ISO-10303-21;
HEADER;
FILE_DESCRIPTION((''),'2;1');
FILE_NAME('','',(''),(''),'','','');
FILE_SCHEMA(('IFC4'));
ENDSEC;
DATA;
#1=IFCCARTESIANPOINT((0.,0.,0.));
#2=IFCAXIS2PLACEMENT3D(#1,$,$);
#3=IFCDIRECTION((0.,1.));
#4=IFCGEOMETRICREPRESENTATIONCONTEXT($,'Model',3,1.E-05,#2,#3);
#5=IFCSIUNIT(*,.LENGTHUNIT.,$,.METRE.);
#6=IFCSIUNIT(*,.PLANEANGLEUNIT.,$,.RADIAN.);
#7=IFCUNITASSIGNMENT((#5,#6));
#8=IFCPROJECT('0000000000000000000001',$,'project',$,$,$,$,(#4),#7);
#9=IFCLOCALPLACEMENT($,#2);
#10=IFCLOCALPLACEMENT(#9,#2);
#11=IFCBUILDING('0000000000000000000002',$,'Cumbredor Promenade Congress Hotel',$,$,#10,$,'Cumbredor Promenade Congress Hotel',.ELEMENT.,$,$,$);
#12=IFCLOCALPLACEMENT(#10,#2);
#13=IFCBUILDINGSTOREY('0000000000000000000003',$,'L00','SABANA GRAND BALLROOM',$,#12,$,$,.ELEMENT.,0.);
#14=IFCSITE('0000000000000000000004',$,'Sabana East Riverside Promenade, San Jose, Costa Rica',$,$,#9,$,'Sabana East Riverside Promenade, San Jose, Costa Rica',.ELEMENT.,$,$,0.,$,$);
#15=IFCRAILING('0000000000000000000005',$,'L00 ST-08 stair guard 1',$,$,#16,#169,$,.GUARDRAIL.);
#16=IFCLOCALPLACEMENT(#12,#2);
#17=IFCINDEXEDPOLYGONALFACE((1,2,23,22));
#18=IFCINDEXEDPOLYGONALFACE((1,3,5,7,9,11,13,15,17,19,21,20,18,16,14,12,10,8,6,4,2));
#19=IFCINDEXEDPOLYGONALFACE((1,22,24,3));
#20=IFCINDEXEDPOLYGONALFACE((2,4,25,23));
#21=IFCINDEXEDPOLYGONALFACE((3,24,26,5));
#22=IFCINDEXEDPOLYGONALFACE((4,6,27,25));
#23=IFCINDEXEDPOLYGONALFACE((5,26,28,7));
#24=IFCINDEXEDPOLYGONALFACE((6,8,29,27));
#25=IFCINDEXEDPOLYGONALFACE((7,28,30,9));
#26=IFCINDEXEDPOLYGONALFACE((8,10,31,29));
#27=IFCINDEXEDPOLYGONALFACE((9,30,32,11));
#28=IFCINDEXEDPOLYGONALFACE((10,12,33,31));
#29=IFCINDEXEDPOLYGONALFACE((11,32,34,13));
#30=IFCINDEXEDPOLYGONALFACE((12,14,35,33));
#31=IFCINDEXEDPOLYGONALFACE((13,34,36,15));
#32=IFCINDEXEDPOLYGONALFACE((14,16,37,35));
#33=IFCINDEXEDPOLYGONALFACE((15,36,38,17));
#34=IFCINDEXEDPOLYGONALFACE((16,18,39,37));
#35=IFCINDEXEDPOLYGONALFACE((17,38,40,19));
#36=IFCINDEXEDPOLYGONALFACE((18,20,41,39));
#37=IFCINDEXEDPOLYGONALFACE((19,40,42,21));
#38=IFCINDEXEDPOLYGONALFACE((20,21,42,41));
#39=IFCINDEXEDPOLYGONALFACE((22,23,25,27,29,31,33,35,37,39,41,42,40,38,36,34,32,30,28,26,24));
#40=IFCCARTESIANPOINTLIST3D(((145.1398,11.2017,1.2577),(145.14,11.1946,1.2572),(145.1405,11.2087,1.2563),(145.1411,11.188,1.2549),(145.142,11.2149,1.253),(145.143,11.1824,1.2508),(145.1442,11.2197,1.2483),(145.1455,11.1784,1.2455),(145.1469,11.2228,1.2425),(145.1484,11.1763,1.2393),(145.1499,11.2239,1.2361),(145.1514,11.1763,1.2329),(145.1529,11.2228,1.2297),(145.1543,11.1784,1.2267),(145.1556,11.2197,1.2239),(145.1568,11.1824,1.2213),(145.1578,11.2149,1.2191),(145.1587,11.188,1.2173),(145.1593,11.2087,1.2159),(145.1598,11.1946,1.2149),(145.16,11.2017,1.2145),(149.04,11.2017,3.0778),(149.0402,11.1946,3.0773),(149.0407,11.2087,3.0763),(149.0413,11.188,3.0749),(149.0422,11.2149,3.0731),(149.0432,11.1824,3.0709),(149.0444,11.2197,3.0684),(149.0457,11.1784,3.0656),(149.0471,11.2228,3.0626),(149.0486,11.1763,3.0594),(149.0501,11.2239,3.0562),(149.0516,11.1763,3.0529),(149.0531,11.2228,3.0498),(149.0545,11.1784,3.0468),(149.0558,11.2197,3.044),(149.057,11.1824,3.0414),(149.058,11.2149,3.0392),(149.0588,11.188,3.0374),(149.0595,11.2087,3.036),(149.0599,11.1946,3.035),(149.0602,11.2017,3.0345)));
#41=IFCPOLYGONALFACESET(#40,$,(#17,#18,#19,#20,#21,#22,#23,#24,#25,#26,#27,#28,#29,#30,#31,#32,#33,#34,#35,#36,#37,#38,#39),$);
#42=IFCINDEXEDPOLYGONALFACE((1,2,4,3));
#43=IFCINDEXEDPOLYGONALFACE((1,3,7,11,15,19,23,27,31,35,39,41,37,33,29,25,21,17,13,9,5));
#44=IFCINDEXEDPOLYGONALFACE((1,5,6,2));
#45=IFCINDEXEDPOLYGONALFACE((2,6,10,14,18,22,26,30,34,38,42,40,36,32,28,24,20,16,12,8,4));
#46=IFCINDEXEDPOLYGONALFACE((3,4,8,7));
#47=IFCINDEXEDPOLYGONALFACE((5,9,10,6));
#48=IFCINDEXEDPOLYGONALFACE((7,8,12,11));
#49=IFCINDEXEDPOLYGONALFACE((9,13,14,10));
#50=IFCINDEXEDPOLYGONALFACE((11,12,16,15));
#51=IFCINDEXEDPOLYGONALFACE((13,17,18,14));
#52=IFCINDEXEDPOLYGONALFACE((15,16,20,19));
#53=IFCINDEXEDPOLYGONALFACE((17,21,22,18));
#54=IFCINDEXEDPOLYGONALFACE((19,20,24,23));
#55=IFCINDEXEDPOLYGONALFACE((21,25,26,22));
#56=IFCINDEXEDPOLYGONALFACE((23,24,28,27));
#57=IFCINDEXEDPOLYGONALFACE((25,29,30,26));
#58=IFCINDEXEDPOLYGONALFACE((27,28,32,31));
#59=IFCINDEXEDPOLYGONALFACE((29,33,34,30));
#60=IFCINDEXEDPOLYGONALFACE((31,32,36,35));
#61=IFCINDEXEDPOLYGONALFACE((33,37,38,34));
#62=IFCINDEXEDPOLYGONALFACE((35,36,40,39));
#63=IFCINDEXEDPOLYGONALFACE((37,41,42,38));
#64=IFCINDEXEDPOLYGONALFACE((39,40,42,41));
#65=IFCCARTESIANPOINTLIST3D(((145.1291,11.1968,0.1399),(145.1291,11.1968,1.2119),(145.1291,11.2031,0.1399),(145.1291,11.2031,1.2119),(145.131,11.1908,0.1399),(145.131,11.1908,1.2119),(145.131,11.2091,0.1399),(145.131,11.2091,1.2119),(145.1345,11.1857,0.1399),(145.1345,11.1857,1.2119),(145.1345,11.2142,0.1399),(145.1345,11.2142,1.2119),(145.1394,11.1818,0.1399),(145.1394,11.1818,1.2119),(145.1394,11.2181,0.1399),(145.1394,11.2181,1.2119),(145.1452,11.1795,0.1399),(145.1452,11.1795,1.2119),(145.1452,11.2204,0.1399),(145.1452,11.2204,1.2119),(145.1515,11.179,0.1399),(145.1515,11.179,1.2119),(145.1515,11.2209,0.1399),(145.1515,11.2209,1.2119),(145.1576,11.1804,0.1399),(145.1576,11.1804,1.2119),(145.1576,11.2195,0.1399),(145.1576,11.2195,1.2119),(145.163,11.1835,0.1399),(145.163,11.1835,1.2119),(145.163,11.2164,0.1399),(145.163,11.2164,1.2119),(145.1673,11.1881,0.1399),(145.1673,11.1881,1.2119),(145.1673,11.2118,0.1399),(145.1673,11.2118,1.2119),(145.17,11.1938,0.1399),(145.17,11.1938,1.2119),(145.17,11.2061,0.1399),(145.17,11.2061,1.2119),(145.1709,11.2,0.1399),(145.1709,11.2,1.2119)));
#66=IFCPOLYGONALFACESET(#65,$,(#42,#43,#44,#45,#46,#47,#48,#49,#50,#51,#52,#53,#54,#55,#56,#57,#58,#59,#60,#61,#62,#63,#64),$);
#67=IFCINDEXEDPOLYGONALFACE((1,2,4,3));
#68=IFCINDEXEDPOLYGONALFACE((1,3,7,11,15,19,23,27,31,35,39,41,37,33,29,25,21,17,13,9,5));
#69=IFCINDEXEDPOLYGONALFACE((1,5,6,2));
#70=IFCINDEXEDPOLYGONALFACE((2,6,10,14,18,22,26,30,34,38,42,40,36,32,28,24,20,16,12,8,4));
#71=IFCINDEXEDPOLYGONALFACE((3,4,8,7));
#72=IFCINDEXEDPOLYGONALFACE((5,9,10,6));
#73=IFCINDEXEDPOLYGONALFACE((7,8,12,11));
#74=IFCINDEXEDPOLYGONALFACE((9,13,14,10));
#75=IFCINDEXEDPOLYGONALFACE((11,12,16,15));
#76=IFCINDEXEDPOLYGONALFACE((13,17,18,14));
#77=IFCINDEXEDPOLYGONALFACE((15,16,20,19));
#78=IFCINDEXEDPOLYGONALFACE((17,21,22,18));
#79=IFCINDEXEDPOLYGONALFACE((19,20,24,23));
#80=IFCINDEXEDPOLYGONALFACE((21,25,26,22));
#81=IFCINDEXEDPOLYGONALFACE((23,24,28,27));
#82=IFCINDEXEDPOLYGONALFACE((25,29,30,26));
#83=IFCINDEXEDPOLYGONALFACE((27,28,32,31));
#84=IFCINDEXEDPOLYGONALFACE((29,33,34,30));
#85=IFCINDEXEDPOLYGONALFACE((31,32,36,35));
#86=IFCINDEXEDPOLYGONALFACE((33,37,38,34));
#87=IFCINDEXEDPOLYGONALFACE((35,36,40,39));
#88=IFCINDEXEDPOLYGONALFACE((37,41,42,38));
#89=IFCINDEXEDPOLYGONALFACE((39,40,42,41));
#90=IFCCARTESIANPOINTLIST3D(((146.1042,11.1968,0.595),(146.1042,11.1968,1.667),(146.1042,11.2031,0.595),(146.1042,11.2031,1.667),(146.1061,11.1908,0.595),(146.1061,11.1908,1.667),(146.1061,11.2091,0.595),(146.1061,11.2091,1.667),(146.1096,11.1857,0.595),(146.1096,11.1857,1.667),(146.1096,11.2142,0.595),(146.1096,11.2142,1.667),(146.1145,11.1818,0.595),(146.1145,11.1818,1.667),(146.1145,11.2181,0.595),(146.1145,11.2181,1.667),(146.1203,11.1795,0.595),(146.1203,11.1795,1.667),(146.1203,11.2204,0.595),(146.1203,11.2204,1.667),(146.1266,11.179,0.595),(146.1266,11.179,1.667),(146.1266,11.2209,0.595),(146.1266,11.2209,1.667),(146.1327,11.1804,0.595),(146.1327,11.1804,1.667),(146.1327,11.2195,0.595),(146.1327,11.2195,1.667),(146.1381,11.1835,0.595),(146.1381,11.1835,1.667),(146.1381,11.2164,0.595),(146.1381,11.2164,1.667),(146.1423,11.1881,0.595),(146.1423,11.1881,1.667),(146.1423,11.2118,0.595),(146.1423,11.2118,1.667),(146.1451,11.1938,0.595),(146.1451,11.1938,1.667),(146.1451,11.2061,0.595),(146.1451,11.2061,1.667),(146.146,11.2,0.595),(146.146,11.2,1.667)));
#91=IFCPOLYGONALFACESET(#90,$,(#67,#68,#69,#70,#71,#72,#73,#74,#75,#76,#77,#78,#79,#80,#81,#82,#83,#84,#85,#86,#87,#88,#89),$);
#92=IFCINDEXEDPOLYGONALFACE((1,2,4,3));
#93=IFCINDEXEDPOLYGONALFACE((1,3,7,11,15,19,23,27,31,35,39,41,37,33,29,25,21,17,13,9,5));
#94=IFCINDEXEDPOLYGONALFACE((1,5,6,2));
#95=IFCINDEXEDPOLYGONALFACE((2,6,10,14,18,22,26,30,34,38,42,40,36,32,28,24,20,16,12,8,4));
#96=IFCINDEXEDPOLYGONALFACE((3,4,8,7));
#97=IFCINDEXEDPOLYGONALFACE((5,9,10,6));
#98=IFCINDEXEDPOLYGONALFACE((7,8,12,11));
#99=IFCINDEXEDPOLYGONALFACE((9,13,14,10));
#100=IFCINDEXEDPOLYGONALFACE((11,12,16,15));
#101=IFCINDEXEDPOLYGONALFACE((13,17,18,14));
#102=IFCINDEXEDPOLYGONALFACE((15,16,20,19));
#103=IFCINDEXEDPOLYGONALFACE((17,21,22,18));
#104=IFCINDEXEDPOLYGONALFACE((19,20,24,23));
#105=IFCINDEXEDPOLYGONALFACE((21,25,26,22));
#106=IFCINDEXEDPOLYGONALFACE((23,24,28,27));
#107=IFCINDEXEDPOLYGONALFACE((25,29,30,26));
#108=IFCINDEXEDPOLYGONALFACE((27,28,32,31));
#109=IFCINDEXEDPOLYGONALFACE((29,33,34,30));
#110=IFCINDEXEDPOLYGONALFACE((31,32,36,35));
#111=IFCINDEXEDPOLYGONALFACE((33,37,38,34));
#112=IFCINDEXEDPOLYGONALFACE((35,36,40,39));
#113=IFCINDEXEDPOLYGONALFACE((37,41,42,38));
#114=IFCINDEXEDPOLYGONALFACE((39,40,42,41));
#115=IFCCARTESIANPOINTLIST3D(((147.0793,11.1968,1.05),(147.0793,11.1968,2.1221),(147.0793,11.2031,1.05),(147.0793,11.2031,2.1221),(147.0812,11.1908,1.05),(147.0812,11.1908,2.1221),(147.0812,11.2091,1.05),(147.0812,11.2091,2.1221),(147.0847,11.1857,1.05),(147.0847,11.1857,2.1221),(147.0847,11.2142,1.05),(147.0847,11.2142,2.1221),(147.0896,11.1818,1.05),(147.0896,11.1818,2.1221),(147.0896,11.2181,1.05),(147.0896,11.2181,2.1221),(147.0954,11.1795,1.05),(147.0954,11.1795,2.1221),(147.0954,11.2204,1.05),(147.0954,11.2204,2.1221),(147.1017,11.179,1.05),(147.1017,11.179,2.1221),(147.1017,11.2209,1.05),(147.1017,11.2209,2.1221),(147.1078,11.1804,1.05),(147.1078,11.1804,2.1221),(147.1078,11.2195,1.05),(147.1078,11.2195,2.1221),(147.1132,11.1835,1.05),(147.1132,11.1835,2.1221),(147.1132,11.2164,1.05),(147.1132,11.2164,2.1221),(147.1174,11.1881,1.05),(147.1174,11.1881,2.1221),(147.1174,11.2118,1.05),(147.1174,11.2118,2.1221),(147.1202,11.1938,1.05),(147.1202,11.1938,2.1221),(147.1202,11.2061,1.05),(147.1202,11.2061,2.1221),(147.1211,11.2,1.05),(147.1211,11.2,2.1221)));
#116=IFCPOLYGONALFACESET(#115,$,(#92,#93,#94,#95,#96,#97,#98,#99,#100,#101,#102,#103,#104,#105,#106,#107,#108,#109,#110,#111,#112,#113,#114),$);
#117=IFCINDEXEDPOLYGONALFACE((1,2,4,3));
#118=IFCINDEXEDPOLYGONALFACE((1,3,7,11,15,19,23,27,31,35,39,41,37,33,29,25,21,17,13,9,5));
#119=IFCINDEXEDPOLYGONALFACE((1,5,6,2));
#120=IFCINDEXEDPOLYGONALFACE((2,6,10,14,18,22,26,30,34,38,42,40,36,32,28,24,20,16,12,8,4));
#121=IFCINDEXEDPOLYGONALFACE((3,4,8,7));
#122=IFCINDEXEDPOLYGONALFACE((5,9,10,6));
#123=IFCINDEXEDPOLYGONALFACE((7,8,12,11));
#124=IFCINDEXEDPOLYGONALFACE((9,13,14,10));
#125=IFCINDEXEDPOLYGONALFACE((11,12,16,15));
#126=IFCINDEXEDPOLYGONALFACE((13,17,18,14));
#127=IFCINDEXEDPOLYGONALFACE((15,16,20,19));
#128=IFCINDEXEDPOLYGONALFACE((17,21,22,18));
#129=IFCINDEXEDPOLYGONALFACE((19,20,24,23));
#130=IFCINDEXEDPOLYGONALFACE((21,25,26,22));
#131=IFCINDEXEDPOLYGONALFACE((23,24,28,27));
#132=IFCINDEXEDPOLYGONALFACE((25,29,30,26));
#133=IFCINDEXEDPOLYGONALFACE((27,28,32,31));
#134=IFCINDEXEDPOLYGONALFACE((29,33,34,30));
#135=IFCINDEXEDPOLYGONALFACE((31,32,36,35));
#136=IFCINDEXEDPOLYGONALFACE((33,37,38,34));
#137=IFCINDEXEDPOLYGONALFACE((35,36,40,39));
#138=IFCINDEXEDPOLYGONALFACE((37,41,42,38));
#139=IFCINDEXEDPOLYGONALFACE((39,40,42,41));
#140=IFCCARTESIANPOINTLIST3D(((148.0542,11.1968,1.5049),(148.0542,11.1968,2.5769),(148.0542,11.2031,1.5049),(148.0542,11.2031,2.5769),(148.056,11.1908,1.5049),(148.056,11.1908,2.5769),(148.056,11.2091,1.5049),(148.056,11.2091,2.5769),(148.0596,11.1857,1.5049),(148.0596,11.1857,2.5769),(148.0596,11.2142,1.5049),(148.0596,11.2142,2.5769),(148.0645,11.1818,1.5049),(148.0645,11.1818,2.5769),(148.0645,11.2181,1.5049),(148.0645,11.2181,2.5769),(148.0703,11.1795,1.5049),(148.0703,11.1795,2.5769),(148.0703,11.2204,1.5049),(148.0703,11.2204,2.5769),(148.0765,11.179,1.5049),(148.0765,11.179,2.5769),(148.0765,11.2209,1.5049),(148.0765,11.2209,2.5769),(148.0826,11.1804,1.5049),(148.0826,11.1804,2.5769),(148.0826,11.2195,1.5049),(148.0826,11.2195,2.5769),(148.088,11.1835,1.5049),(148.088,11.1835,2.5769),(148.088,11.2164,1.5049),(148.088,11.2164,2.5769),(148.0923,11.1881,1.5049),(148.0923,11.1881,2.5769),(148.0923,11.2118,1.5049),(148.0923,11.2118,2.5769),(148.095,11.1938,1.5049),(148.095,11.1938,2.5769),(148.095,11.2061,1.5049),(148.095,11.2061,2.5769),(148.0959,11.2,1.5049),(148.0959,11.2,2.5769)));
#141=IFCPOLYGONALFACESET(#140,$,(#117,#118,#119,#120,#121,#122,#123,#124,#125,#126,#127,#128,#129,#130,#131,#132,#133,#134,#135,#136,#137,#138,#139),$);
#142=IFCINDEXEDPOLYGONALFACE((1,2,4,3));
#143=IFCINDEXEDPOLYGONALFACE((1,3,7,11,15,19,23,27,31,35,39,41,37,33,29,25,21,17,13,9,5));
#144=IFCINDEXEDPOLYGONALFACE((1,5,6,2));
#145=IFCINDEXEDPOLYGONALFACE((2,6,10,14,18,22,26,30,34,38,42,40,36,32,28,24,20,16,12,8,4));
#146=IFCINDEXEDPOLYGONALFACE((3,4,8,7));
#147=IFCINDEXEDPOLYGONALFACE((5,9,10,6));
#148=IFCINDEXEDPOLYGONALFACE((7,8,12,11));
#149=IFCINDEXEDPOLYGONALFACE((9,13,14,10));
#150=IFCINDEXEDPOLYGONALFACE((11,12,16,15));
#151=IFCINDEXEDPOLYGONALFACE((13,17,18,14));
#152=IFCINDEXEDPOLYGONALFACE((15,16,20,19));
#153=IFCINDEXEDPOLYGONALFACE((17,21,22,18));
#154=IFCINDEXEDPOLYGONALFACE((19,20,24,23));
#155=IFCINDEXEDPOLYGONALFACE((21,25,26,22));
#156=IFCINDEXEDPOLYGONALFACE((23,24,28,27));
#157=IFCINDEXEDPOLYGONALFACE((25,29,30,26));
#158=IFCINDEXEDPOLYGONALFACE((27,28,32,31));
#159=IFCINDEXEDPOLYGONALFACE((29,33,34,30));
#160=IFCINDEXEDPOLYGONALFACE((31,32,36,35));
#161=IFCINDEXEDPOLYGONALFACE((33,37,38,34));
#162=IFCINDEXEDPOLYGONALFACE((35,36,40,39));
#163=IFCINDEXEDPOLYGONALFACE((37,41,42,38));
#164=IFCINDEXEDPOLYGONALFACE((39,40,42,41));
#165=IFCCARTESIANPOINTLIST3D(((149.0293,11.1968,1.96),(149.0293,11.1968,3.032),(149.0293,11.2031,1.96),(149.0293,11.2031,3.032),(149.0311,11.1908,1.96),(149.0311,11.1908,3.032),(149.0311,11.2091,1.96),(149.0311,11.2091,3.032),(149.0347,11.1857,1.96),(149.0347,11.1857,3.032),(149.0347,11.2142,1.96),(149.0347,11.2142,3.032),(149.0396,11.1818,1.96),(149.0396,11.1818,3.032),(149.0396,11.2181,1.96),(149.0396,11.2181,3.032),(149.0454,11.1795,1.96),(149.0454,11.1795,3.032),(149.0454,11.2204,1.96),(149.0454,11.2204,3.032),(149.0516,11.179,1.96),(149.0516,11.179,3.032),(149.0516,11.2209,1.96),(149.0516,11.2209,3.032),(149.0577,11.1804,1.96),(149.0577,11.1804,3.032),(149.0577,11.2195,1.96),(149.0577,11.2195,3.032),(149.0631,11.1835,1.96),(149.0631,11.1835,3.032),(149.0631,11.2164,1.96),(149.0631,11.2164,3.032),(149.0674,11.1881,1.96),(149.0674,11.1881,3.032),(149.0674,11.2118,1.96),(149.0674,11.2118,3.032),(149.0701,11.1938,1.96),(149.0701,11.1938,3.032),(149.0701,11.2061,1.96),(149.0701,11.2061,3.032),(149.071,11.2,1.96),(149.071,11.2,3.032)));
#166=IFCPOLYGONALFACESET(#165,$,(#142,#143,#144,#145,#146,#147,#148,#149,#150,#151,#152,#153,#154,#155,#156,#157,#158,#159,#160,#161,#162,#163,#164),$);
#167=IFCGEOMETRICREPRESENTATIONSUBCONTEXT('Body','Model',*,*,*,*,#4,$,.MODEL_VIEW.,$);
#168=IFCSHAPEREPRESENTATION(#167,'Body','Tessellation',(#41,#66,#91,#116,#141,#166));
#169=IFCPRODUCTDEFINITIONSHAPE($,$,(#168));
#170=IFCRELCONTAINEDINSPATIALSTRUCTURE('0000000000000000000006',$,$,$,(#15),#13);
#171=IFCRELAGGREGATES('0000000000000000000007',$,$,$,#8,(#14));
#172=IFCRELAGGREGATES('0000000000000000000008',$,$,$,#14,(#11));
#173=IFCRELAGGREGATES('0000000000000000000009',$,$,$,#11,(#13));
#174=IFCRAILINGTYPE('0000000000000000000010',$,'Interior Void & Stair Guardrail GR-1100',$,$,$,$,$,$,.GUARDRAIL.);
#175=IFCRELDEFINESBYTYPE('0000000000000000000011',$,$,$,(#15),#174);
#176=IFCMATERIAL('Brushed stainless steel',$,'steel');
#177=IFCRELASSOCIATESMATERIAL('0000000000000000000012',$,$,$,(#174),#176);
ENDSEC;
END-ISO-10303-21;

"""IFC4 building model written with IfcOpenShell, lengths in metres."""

from ifc_helpers import new_model, si_unit, direction, frame, origin, origin_2d, place, context, subcontext, project, spatial, circle, extrude, material, type_object, element, save


model = new_model("IFC4")

# Units and contexts
model_context = context("Model", 3, precision=1e-05, world=origin(), true_north=direction((0.0, 1.0)))
body_context = subcontext(model_context, "Body", "Model", "MODEL_VIEW")
ifc_project = project(units=[si_unit("LENGTHUNIT", "METRE"), si_unit("PLANEANGLEUNIT", "RADIAN")], contexts=[model_context])

# Site, building, storey
site_placement = place(None, origin())
site = spatial("IfcSite", under=ifc_project, at=site_placement, Name="Sabana East Riverside Promenade, San Jose, Costa Rica", LongName="Sabana East Riverside Promenade, San Jose, Costa Rica", CompositionType="ELEMENT", RefElevation=0.0)
building_placement = place(site_placement, origin())
building = spatial("IfcBuilding", under=site, at=building_placement, Name="Cumbredor Promenade Congress Hotel", LongName="Cumbredor Promenade Congress Hotel", CompositionType="ELEMENT")
storey_placement = place(building_placement, origin())
storey = spatial("IfcBuildingStorey", under=building, at=storey_placement, Name="L00", Description="SABANA GRAND BALLROOM", CompositionType="ELEMENT", Elevation=0.0)

# Railing
ifc_material_1 = material(Name="Brushed stainless steel", Category="steel")
railing_type_1 = type_object("IfcRailingType", Name="Interior Void & Stair Guardrail GR-1100", PredefinedType="GUARDRAIL", material=ifc_material_1)
railing_1_placement = place(storey_placement, frame((145.1499, 11.2, 0.1399)))
element("IfcRailing", 1, at=railing_1_placement, inside=storey, type_object=railing_type_1, Name="L00 ST-08 stair guard 1", PredefinedType="GUARDRAIL", context=body_context, shape_type="SweptSolid", body=[
    extrude(circle(Radius=0.0239, at=origin_2d()), frame((0.0, 0.0, 1.0962), z_axis=(0.906183, 0.0, 0.422885), x_axis=(0.0, 1.0, 0.0)), (0.0, 0.0, 1.0), 4.304),
    extrude(circle(Radius=0.021, at=origin_2d()), origin(), (0.0, 0.0, 1.0), 1.072),
    extrude(circle(Radius=0.021, at=origin_2d()), frame((0.9751, 0.0, 0.4551)), (0.0, 0.0, 1.0), 1.072),
    extrude(circle(Radius=0.021, at=origin_2d()), frame((1.9502, 0.0, 0.9102)), (0.0, 0.0, 1.0), 1.072),
    extrude(circle(Radius=0.021, at=origin_2d()), frame((2.925, 0.0, 1.365)), (0.0, 0.0, 1.0), 1.072),
    extrude(circle(Radius=0.021, at=origin_2d()), frame((3.9001, 0.0, 1.8201)), (0.0, 0.0, 1.0), 1.072),
])

save(model, "model.ifc")
